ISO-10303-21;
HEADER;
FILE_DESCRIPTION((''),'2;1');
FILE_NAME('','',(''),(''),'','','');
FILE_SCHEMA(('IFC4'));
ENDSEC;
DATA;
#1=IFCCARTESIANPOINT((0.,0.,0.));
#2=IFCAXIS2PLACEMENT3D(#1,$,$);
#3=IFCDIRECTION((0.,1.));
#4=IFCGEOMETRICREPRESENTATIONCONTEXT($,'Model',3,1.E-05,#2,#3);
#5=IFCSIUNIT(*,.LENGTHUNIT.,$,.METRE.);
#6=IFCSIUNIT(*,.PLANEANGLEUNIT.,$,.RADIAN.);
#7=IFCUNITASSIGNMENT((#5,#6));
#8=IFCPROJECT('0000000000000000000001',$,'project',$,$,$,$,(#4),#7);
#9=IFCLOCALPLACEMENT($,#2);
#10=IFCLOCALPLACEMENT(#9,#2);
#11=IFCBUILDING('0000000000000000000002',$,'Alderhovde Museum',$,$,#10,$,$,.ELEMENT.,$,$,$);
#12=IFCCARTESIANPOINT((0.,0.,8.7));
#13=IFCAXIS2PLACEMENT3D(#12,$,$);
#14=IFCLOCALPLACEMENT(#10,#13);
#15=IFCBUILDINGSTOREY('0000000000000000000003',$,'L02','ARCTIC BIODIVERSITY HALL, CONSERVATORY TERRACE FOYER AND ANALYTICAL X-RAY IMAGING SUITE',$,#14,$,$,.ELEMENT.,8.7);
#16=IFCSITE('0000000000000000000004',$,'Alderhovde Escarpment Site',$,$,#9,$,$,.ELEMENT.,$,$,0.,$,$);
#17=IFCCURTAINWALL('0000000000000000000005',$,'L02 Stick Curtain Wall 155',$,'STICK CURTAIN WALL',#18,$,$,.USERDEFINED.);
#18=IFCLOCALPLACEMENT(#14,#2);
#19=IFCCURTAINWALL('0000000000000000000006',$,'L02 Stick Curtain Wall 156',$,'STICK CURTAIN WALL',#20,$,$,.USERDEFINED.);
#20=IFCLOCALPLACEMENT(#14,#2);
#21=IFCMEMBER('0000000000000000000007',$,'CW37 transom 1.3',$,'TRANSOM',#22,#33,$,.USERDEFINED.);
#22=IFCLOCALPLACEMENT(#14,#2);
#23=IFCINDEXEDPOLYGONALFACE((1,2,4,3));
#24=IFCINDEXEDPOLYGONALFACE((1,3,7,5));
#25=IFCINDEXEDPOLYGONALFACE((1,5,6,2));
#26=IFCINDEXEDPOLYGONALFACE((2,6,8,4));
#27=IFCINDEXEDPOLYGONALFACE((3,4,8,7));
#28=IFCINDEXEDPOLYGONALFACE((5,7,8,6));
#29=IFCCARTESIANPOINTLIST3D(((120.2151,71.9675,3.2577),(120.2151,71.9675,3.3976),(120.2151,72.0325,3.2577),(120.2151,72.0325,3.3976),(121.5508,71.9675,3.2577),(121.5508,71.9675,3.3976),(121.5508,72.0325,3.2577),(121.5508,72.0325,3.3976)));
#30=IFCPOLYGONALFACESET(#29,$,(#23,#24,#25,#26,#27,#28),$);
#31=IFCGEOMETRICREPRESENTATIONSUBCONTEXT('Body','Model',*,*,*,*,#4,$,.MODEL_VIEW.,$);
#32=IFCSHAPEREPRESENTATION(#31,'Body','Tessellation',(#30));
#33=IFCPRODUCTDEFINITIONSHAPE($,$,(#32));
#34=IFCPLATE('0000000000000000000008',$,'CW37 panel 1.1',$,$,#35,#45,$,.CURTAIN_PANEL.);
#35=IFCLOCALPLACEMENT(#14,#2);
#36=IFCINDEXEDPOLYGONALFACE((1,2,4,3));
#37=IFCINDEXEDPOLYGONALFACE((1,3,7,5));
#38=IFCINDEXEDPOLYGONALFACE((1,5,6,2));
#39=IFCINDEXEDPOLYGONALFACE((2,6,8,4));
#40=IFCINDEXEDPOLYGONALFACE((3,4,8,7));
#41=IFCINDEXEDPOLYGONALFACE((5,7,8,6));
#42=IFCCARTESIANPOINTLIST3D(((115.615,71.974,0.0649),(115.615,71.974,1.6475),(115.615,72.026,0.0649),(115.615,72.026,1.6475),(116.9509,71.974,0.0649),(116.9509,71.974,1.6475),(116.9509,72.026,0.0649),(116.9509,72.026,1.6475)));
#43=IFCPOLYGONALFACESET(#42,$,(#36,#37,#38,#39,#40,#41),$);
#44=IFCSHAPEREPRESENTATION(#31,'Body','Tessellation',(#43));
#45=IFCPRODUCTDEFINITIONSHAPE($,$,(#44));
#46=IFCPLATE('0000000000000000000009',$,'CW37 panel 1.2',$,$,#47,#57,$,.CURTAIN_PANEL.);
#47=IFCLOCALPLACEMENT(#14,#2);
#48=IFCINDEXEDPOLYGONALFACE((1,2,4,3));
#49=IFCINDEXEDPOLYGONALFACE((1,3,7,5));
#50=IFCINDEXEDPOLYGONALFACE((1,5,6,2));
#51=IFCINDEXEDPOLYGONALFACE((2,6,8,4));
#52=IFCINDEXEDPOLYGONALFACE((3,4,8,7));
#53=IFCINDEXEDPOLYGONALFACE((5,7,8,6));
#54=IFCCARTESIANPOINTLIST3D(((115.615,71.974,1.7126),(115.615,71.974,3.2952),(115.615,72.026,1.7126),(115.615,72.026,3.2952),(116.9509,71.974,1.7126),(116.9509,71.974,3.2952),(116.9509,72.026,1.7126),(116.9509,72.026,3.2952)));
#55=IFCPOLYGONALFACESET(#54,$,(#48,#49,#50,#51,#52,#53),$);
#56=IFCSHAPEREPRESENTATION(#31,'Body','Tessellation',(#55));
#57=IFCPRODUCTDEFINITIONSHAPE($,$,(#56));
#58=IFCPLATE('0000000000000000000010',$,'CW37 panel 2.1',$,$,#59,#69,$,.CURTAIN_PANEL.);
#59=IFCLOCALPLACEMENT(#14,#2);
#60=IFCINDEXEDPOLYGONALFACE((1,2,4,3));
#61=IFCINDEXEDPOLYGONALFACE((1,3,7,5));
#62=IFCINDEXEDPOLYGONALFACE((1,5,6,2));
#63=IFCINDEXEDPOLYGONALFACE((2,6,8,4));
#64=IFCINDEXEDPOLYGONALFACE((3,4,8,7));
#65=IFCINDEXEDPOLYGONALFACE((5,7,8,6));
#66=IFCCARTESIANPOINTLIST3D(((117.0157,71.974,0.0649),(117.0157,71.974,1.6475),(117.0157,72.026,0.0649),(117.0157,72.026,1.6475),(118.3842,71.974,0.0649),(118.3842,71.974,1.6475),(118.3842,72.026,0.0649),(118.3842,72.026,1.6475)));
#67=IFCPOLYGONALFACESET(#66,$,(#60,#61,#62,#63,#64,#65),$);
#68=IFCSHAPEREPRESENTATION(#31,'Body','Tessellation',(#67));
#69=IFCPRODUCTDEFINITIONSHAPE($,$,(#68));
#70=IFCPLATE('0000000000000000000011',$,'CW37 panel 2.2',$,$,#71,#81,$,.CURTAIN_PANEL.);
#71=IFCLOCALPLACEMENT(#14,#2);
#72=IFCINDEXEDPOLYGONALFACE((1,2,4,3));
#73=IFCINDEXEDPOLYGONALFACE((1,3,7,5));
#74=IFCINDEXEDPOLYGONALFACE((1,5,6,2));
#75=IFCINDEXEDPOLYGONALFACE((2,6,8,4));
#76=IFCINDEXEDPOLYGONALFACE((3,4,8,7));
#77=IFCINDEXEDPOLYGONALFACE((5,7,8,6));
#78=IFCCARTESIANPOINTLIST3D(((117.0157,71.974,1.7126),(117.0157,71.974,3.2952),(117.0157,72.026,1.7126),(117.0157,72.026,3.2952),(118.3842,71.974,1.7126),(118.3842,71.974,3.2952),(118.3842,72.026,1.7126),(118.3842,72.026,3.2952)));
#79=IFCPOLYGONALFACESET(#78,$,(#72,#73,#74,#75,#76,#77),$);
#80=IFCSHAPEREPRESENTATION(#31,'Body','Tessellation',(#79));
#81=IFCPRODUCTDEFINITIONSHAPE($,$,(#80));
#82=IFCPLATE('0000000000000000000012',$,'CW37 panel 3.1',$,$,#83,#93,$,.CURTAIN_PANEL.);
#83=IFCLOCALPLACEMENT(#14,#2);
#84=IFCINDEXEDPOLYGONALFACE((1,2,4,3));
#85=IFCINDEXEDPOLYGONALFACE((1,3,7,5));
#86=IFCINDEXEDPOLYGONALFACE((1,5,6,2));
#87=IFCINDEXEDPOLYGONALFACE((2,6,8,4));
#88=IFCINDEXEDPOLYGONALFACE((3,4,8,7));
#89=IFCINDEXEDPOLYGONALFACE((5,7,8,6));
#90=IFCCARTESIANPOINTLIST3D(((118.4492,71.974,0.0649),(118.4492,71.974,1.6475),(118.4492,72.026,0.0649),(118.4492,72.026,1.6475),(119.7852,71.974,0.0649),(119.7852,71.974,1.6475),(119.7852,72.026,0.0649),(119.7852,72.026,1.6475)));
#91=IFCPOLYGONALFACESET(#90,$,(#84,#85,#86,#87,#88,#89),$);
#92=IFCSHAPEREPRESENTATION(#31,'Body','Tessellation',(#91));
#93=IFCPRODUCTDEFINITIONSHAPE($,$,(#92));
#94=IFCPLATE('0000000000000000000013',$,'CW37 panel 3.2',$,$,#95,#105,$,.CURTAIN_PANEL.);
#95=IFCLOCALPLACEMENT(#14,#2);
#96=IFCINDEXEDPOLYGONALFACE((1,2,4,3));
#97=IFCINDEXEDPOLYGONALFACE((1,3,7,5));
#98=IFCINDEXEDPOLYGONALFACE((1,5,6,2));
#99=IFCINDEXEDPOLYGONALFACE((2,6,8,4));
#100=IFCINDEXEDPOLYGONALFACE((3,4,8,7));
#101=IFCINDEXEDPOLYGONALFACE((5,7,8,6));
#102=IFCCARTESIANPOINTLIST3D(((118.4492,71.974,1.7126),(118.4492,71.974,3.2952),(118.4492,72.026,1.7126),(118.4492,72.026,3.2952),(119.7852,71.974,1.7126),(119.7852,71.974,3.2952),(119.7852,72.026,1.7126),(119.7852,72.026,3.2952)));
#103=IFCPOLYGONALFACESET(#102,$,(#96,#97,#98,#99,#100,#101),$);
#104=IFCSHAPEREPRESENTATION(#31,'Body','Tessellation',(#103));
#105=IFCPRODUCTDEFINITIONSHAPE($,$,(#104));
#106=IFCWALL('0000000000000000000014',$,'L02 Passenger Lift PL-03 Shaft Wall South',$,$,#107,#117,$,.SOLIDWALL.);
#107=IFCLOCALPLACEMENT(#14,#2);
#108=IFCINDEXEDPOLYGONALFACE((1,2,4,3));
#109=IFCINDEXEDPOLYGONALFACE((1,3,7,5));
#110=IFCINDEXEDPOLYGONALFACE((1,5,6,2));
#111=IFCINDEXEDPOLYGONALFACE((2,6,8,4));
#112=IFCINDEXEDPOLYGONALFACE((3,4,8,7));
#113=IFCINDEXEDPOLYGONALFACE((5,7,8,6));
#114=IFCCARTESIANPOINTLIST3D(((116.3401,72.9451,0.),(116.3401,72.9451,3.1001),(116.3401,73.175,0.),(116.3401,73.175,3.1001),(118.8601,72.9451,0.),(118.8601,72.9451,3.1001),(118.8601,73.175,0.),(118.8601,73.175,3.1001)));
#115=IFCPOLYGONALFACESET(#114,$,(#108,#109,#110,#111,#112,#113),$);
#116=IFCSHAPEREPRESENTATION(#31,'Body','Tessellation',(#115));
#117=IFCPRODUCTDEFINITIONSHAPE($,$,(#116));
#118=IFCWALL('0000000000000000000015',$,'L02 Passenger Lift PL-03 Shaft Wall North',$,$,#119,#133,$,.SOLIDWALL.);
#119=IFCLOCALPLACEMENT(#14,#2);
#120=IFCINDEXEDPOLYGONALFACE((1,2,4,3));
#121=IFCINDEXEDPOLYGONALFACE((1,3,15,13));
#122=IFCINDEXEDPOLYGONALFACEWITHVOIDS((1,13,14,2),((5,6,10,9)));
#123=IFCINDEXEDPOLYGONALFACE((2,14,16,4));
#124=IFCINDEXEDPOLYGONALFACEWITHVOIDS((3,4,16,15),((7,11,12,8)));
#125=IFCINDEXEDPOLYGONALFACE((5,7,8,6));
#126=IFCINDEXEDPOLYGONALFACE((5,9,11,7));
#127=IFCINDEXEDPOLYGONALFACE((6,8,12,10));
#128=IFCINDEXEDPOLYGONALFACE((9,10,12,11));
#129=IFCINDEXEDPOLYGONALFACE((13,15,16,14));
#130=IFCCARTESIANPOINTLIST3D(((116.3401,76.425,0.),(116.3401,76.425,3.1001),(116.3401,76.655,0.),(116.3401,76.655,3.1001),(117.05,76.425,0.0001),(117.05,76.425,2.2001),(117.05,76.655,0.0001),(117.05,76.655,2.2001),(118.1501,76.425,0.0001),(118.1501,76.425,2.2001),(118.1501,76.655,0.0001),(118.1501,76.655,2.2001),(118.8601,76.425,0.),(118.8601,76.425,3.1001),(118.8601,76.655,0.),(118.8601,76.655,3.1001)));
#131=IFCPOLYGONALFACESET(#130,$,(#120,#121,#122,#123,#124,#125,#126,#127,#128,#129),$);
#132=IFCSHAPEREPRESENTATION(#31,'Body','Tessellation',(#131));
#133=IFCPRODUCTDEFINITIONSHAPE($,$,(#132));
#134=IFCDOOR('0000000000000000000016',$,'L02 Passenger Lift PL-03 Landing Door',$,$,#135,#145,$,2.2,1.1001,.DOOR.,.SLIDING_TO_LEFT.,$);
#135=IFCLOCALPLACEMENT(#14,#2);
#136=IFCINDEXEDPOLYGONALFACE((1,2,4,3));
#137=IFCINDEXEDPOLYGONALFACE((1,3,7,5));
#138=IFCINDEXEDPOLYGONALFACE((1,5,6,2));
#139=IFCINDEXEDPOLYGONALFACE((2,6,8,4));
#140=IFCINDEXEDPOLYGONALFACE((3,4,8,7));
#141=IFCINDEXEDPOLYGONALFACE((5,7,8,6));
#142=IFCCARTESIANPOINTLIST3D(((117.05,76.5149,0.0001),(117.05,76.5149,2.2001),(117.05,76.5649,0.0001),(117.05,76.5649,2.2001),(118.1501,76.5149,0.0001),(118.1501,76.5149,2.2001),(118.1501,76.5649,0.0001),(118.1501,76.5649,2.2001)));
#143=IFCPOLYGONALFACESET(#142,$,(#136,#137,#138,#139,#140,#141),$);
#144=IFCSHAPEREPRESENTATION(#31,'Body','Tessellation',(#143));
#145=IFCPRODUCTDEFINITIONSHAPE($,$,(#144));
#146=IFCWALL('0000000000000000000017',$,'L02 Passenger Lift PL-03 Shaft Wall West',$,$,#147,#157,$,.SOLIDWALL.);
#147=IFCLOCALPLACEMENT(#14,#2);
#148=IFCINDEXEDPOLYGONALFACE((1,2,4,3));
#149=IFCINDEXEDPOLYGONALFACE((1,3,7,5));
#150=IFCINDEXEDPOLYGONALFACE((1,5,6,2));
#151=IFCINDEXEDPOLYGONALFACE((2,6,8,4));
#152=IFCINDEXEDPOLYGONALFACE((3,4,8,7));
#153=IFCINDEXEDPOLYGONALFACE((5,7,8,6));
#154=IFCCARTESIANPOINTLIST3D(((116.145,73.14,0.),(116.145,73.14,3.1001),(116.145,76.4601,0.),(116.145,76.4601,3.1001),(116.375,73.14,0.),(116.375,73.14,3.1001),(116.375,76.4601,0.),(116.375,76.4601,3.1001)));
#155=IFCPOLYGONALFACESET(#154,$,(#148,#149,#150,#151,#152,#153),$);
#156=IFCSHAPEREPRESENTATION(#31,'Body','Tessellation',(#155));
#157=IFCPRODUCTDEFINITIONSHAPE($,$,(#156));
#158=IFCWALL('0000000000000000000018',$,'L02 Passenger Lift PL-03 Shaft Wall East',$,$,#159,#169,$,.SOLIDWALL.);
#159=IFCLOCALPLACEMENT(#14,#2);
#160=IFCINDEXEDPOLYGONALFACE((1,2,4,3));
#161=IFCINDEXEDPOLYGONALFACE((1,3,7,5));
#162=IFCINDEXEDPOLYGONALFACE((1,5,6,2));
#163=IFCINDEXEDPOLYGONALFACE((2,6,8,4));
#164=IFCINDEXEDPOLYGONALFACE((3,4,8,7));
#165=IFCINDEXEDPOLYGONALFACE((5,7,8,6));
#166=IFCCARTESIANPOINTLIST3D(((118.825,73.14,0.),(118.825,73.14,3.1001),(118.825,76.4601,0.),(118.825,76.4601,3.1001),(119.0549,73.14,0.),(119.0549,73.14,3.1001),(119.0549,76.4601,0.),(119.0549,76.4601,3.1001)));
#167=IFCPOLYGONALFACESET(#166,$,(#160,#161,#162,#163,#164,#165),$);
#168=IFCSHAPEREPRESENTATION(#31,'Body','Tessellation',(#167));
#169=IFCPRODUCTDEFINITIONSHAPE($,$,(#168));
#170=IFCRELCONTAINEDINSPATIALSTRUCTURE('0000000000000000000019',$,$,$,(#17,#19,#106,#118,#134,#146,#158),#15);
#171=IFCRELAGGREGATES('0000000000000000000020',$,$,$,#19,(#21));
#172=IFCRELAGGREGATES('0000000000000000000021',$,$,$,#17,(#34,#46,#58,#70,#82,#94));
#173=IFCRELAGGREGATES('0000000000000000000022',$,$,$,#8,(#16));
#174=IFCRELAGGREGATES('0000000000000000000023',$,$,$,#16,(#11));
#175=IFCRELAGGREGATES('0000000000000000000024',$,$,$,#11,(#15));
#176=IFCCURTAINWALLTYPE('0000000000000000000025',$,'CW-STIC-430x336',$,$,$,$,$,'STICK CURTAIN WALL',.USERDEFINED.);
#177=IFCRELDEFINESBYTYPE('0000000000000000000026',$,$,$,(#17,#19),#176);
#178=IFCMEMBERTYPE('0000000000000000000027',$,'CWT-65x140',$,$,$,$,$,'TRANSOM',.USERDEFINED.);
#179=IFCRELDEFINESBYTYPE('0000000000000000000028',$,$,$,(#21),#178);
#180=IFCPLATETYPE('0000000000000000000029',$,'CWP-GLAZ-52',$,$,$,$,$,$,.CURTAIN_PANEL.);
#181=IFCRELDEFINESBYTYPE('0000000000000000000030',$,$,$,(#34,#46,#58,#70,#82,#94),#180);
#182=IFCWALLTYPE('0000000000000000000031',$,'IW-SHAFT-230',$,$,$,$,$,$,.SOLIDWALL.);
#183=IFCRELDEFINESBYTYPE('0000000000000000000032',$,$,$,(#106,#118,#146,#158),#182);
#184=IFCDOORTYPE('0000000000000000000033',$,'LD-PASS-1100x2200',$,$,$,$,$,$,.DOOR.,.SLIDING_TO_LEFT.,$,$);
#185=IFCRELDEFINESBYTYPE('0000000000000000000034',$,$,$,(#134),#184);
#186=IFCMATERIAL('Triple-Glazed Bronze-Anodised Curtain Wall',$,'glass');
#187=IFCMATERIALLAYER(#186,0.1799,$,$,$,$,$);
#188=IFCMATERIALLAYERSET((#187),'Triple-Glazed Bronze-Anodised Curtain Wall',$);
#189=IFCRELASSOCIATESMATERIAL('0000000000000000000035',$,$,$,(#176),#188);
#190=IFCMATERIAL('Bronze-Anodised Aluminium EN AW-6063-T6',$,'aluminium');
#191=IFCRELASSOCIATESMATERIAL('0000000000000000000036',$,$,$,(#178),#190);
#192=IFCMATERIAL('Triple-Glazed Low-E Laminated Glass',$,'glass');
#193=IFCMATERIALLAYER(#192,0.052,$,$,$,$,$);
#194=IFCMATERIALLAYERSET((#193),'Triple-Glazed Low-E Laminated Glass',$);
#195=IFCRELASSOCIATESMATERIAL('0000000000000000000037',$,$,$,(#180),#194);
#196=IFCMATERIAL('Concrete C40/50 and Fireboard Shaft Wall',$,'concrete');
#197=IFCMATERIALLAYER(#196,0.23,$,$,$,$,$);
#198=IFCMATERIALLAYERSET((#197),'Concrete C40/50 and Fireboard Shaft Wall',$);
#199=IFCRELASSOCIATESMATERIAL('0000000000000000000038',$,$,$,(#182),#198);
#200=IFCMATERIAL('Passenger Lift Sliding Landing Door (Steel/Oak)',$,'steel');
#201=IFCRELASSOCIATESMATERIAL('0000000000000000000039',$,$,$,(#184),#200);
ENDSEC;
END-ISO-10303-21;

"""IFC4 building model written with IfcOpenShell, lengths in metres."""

from ifc_helpers import new_model, si_unit, direction, frame, frame_2d, origin, origin_2d, place, context, subcontext, project, spatial, rectangle, extrude, material, layer, layer_set, material_profile, profile_set, type_object, element, fill, aggregate, save


model = new_model("IFC4")

# Units and contexts
model_context = context("Model", 3, precision=1e-05, world=origin(), true_north=direction((0.0, 1.0)))
body_context = subcontext(model_context, "Body", "Model", "MODEL_VIEW")
ifc_project = project(units=[si_unit("LENGTHUNIT", "METRE"), si_unit("PLANEANGLEUNIT", "RADIAN")], contexts=[model_context])

# Site, building, storey
site_placement = place(None, origin())
site = spatial("IfcSite", under=ifc_project, at=site_placement, Name="Alderhovde Escarpment Site", CompositionType="ELEMENT", RefElevation=0.0)
building_placement = place(site_placement, origin())
building = spatial("IfcBuilding", under=site, at=building_placement, Name="Alderhovde Museum", CompositionType="ELEMENT")
storey_placement = place(building_placement, frame((0.0, 0.0, 8.7)))
storey = spatial("IfcBuildingStorey", under=building, at=storey_placement, Name="L02", Description="ARCTIC BIODIVERSITY HALL, CONSERVATORY TERRACE FOYER AND ANALYTICAL X-RAY IMAGING SUITE", CompositionType="ELEMENT", Elevation=8.7)

# Curtain wall
ifc_material_1 = material(Name="Triple-Glazed Bronze-Anodised Curtain Wall", Category="glass")
ifc_layer_1 = layer(ifc_material_1, 0.1799)
ifc_layer_set_1 = layer_set([ifc_layer_1], Name="Triple-Glazed Bronze-Anodised Curtain Wall")
curtain_wall_type = type_object("IfcCurtainWallType", Name="CW-STIC-430x336", ElementType="STICK CURTAIN WALL", PredefinedType="USERDEFINED", material=ifc_layer_set_1)
curtain_wall_1_placement = place(storey_placement, origin())
curtain_wall_1 = element("IfcCurtainWall", 1, at=curtain_wall_1_placement, inside=storey, type_object=curtain_wall_type, Name="L02 Stick Curtain Wall 155", ObjectType="STICK CURTAIN WALL", PredefinedType="USERDEFINED")

# Curtain wall
curtain_wall_2_placement = place(storey_placement, origin())
curtain_wall_2 = element("IfcCurtainWall", 2, at=curtain_wall_2_placement, inside=storey, type_object=curtain_wall_type, Name="L02 Stick Curtain Wall 156", ObjectType="STICK CURTAIN WALL", PredefinedType="USERDEFINED")

# Member
ifc_material_2 = material(Name="Bronze-Anodised Aluminium EN AW-6063-T6", Category="aluminium")
ifc_material_profile_1 = material_profile(ifc_material_2, rectangle(XDim=0.0649, YDim=0.1399, at=origin_2d()), Name="TRANSOM 65x140")
ifc_profile_set_1 = profile_set([ifc_material_profile_1], Name="Bronze-Anodised Aluminium EN AW-6063-T6")
member_type_1 = type_object("IfcMemberType", Name="CWT-65x140", ElementType="TRANSOM", PredefinedType="USERDEFINED", material=ifc_profile_set_1)
member_1_placement = place(storey_placement, frame((120.2151, 72.0, 3.3276), z_axis=(1.0, 0.0, 0.0), x_axis=(0.0, 1.0, 0.0)))
member_1 = element("IfcMember", 3, at=member_1_placement, type_object=member_type_1, Name="CW37 transom 1.3", ObjectType="TRANSOM", PredefinedType="USERDEFINED", context=body_context, shape_type="SweptSolid", body=[
    extrude(rectangle(XDim=0.0649, YDim=0.1399, at=origin_2d()), origin(), (0.0, 0.0, 1.0), 1.3357),
])
aggregate(curtain_wall_2, [member_1])

# Plates
ifc_material_3 = material(Name="Triple-Glazed Low-E Laminated Glass", Category="glass")
ifc_layer_2 = layer(ifc_material_3, 0.052)
ifc_layer_set_2 = layer_set([ifc_layer_2], Name="Triple-Glazed Low-E Laminated Glass")
plate_type = type_object("IfcPlateType", Name="CWP-GLAZ-52", PredefinedType="CURTAIN_PANEL", material=ifc_layer_set_2)
plate_1_placement = place(storey_placement, frame((116.283, 72.0, 0.0649), z_axis=(0.0, 0.0, 1.0), x_axis=(1.0, 0.0, 0.0)))
plate_1 = element("IfcPlate", 4, at=plate_1_placement, type_object=plate_type, Name="CW37 panel 1.1", PredefinedType="CURTAIN_PANEL", context=body_context, shape_type="SweptSolid", body=[
    extrude(rectangle(XDim=1.3359, YDim=0.052, at=origin_2d()), origin(), (0.0, 0.0, 1.0), 1.5825),
])
plate_2_placement = place(storey_placement, frame((116.283, 72.0, 1.7126), z_axis=(0.0, 0.0, 1.0), x_axis=(1.0, 0.0, 0.0)))
plate_2 = element("IfcPlate", 5, at=plate_2_placement, type_object=plate_type, Name="CW37 panel 1.2", PredefinedType="CURTAIN_PANEL", context=body_context, shape_type="SweptSolid", body=[
    extrude(rectangle(XDim=1.3359, YDim=0.052, at=origin_2d()), origin(), (0.0, 0.0, 1.0), 1.5825),
])
plate_3_placement = place(storey_placement, frame((117.7, 72.0, 0.0649), z_axis=(0.0, 0.0, 1.0), x_axis=(1.0, 0.0, 0.0)))
plate_3 = element("IfcPlate", 6, at=plate_3_placement, type_object=plate_type, Name="CW37 panel 2.1", PredefinedType="CURTAIN_PANEL", context=body_context, shape_type="SweptSolid", body=[
    extrude(rectangle(XDim=1.3684, YDim=0.052, at=origin_2d()), origin(), (0.0, 0.0, 1.0), 1.5825),
])
plate_4_placement = place(storey_placement, frame((117.7, 72.0, 1.7126), z_axis=(0.0, 0.0, 1.0), x_axis=(1.0, 0.0, 0.0)))
plate_4 = element("IfcPlate", 7, at=plate_4_placement, type_object=plate_type, Name="CW37 panel 2.2", PredefinedType="CURTAIN_PANEL", context=body_context, shape_type="SweptSolid", body=[
    extrude(rectangle(XDim=1.3684, YDim=0.052, at=origin_2d()), origin(), (0.0, 0.0, 1.0), 1.5825),
])
plate_5_placement = place(storey_placement, frame((119.1172, 72.0, 0.0649), z_axis=(0.0, 0.0, 1.0), x_axis=(1.0, 0.0, 0.0)))
plate_5 = element("IfcPlate", 8, at=plate_5_placement, type_object=plate_type, Name="CW37 panel 3.1", PredefinedType="CURTAIN_PANEL", context=body_context, shape_type="SweptSolid", body=[
    extrude(rectangle(XDim=1.3359, YDim=0.052, at=origin_2d()), origin(), (0.0, 0.0, 1.0), 1.5825),
])
plate_6_placement = place(storey_placement, frame((119.1172, 72.0, 1.7126), z_axis=(0.0, 0.0, 1.0), x_axis=(1.0, 0.0, 0.0)))
plate_6 = element("IfcPlate", 9, at=plate_6_placement, type_object=plate_type, Name="CW37 panel 3.2", PredefinedType="CURTAIN_PANEL", context=body_context, shape_type="SweptSolid", body=[
    extrude(rectangle(XDim=1.3359, YDim=0.052, at=origin_2d()), origin(), (0.0, 0.0, 1.0), 1.5825),
])
aggregate(curtain_wall_1, [plate_1, plate_2, plate_3, plate_4, plate_5, plate_6])

# Wall
ifc_material_4 = material(Name="Concrete C40/50 and Fireboard Shaft Wall", Category="concrete")
ifc_layer_3 = layer(ifc_material_4, 0.23)
ifc_layer_set_3 = layer_set([ifc_layer_3], Name="Concrete C40/50 and Fireboard Shaft Wall")
wall_type = type_object("IfcWallType", Name="IW-SHAFT-230", PredefinedType="SOLIDWALL", material=ifc_layer_set_3)
wall_1_placement = place(storey_placement, frame((116.3401, 73.0601, 0.0), z_axis=(0.0, 0.0, 1.0), x_axis=(1.0, 0.0, 0.0)))
element("IfcWall", 10, at=wall_1_placement, inside=storey, type_object=wall_type, Name="L02 Passenger Lift PL-03 Shaft Wall South", PredefinedType="SOLIDWALL", context=body_context, shape_type="SweptSolid", body=[
    extrude(rectangle(XDim=2.52, YDim=0.23, at=frame_2d((1.26, 0.0))), origin(), (0.0, 0.0, 1.0), 3.1001),
])

# Wall, opening, door
wall_2_placement = place(storey_placement, frame((116.3401, 76.54, 0.0), z_axis=(0.0, 0.0, 1.0), x_axis=(1.0, 0.0, 0.0)))
wall_2 = element("IfcWall", 11, at=wall_2_placement, inside=storey, type_object=wall_type, Name="L02 Passenger Lift PL-03 Shaft Wall North", PredefinedType="SOLIDWALL", context=body_context, shape_type="SweptSolid", body=[
    extrude(rectangle(XDim=2.52, YDim=0.23, at=frame_2d((1.26, 0.0))), origin(), (0.0, 0.0, 1.0), 3.1001),
])
opening_placement = place(wall_2_placement, frame((0.71, 0.0, 0.0)))
opening = element("IfcOpeningElement", 12, at=opening_placement, cuts=wall_2, PredefinedType="OPENING", context=body_context, shape_type="SweptSolid", body=[
    extrude(rectangle(XDim=1.1001, YDim=2.2, at=frame_2d((0.55, 1.1001))), frame((0.0, 0.125, 0.0), z_axis=(0.0, -1.0, 0.0), x_axis=(1.0, 0.0, 0.0)), (0.0, 0.0, 1.0), 0.25),
])
ifc_material_5 = material(Name="Passenger Lift Sliding Landing Door (Steel/Oak)", Category="steel")
door_type = type_object("IfcDoorType", Name="LD-PASS-1100x2200", OperationType="SLIDING_TO_LEFT", PredefinedType="DOOR", material=ifc_material_5)
door_placement = place(opening_placement, origin())
door = element("IfcDoor", 13, at=door_placement, inside=storey, type_object=door_type, Name="L02 Passenger Lift PL-03 Landing Door", OperationType="SLIDING_TO_LEFT", OverallHeight=2.2, OverallWidth=1.1001, PredefinedType="DOOR", context=body_context, shape_type="SweptSolid", body=[
    extrude(rectangle(XDim=1.1001, YDim=2.2, at=frame_2d((0.55, 1.1001))), frame((0.0, 0.0249, 0.0), z_axis=(0.0, -1.0, 0.0), x_axis=(1.0, 0.0, 0.0)), (0.0, 0.0, 1.0), 0.05),
])
fill(opening, door)

# Walls
for number, where, z_axis, x_axis, name in (
    (14, (116.26, 73.1399, 0.0), (0.0, 0.0, 1.0), (0.0, 1.0, 0.0), "L02 Passenger Lift PL-03 Shaft Wall West"),
    (15, (118.9399, 73.1399, 0.0), (0.0, 0.0, 1.0), (0.0, 1.0, 0.0), "L02 Passenger Lift PL-03 Shaft Wall East"),
):
    element("IfcWall", number, at=place(storey_placement, frame(where, z_axis=z_axis, x_axis=x_axis)), inside=storey, type_object=wall_type, Name=name, PredefinedType="SOLIDWALL", context=body_context, shape_type="SweptSolid", body=[
        extrude(rectangle(XDim=3.3201, YDim=0.23, at=frame_2d((1.6602, 0.0))), origin(), (0.0, 0.0, 1.0), 3.1001),
    ])

save(model, "model.ifc")
